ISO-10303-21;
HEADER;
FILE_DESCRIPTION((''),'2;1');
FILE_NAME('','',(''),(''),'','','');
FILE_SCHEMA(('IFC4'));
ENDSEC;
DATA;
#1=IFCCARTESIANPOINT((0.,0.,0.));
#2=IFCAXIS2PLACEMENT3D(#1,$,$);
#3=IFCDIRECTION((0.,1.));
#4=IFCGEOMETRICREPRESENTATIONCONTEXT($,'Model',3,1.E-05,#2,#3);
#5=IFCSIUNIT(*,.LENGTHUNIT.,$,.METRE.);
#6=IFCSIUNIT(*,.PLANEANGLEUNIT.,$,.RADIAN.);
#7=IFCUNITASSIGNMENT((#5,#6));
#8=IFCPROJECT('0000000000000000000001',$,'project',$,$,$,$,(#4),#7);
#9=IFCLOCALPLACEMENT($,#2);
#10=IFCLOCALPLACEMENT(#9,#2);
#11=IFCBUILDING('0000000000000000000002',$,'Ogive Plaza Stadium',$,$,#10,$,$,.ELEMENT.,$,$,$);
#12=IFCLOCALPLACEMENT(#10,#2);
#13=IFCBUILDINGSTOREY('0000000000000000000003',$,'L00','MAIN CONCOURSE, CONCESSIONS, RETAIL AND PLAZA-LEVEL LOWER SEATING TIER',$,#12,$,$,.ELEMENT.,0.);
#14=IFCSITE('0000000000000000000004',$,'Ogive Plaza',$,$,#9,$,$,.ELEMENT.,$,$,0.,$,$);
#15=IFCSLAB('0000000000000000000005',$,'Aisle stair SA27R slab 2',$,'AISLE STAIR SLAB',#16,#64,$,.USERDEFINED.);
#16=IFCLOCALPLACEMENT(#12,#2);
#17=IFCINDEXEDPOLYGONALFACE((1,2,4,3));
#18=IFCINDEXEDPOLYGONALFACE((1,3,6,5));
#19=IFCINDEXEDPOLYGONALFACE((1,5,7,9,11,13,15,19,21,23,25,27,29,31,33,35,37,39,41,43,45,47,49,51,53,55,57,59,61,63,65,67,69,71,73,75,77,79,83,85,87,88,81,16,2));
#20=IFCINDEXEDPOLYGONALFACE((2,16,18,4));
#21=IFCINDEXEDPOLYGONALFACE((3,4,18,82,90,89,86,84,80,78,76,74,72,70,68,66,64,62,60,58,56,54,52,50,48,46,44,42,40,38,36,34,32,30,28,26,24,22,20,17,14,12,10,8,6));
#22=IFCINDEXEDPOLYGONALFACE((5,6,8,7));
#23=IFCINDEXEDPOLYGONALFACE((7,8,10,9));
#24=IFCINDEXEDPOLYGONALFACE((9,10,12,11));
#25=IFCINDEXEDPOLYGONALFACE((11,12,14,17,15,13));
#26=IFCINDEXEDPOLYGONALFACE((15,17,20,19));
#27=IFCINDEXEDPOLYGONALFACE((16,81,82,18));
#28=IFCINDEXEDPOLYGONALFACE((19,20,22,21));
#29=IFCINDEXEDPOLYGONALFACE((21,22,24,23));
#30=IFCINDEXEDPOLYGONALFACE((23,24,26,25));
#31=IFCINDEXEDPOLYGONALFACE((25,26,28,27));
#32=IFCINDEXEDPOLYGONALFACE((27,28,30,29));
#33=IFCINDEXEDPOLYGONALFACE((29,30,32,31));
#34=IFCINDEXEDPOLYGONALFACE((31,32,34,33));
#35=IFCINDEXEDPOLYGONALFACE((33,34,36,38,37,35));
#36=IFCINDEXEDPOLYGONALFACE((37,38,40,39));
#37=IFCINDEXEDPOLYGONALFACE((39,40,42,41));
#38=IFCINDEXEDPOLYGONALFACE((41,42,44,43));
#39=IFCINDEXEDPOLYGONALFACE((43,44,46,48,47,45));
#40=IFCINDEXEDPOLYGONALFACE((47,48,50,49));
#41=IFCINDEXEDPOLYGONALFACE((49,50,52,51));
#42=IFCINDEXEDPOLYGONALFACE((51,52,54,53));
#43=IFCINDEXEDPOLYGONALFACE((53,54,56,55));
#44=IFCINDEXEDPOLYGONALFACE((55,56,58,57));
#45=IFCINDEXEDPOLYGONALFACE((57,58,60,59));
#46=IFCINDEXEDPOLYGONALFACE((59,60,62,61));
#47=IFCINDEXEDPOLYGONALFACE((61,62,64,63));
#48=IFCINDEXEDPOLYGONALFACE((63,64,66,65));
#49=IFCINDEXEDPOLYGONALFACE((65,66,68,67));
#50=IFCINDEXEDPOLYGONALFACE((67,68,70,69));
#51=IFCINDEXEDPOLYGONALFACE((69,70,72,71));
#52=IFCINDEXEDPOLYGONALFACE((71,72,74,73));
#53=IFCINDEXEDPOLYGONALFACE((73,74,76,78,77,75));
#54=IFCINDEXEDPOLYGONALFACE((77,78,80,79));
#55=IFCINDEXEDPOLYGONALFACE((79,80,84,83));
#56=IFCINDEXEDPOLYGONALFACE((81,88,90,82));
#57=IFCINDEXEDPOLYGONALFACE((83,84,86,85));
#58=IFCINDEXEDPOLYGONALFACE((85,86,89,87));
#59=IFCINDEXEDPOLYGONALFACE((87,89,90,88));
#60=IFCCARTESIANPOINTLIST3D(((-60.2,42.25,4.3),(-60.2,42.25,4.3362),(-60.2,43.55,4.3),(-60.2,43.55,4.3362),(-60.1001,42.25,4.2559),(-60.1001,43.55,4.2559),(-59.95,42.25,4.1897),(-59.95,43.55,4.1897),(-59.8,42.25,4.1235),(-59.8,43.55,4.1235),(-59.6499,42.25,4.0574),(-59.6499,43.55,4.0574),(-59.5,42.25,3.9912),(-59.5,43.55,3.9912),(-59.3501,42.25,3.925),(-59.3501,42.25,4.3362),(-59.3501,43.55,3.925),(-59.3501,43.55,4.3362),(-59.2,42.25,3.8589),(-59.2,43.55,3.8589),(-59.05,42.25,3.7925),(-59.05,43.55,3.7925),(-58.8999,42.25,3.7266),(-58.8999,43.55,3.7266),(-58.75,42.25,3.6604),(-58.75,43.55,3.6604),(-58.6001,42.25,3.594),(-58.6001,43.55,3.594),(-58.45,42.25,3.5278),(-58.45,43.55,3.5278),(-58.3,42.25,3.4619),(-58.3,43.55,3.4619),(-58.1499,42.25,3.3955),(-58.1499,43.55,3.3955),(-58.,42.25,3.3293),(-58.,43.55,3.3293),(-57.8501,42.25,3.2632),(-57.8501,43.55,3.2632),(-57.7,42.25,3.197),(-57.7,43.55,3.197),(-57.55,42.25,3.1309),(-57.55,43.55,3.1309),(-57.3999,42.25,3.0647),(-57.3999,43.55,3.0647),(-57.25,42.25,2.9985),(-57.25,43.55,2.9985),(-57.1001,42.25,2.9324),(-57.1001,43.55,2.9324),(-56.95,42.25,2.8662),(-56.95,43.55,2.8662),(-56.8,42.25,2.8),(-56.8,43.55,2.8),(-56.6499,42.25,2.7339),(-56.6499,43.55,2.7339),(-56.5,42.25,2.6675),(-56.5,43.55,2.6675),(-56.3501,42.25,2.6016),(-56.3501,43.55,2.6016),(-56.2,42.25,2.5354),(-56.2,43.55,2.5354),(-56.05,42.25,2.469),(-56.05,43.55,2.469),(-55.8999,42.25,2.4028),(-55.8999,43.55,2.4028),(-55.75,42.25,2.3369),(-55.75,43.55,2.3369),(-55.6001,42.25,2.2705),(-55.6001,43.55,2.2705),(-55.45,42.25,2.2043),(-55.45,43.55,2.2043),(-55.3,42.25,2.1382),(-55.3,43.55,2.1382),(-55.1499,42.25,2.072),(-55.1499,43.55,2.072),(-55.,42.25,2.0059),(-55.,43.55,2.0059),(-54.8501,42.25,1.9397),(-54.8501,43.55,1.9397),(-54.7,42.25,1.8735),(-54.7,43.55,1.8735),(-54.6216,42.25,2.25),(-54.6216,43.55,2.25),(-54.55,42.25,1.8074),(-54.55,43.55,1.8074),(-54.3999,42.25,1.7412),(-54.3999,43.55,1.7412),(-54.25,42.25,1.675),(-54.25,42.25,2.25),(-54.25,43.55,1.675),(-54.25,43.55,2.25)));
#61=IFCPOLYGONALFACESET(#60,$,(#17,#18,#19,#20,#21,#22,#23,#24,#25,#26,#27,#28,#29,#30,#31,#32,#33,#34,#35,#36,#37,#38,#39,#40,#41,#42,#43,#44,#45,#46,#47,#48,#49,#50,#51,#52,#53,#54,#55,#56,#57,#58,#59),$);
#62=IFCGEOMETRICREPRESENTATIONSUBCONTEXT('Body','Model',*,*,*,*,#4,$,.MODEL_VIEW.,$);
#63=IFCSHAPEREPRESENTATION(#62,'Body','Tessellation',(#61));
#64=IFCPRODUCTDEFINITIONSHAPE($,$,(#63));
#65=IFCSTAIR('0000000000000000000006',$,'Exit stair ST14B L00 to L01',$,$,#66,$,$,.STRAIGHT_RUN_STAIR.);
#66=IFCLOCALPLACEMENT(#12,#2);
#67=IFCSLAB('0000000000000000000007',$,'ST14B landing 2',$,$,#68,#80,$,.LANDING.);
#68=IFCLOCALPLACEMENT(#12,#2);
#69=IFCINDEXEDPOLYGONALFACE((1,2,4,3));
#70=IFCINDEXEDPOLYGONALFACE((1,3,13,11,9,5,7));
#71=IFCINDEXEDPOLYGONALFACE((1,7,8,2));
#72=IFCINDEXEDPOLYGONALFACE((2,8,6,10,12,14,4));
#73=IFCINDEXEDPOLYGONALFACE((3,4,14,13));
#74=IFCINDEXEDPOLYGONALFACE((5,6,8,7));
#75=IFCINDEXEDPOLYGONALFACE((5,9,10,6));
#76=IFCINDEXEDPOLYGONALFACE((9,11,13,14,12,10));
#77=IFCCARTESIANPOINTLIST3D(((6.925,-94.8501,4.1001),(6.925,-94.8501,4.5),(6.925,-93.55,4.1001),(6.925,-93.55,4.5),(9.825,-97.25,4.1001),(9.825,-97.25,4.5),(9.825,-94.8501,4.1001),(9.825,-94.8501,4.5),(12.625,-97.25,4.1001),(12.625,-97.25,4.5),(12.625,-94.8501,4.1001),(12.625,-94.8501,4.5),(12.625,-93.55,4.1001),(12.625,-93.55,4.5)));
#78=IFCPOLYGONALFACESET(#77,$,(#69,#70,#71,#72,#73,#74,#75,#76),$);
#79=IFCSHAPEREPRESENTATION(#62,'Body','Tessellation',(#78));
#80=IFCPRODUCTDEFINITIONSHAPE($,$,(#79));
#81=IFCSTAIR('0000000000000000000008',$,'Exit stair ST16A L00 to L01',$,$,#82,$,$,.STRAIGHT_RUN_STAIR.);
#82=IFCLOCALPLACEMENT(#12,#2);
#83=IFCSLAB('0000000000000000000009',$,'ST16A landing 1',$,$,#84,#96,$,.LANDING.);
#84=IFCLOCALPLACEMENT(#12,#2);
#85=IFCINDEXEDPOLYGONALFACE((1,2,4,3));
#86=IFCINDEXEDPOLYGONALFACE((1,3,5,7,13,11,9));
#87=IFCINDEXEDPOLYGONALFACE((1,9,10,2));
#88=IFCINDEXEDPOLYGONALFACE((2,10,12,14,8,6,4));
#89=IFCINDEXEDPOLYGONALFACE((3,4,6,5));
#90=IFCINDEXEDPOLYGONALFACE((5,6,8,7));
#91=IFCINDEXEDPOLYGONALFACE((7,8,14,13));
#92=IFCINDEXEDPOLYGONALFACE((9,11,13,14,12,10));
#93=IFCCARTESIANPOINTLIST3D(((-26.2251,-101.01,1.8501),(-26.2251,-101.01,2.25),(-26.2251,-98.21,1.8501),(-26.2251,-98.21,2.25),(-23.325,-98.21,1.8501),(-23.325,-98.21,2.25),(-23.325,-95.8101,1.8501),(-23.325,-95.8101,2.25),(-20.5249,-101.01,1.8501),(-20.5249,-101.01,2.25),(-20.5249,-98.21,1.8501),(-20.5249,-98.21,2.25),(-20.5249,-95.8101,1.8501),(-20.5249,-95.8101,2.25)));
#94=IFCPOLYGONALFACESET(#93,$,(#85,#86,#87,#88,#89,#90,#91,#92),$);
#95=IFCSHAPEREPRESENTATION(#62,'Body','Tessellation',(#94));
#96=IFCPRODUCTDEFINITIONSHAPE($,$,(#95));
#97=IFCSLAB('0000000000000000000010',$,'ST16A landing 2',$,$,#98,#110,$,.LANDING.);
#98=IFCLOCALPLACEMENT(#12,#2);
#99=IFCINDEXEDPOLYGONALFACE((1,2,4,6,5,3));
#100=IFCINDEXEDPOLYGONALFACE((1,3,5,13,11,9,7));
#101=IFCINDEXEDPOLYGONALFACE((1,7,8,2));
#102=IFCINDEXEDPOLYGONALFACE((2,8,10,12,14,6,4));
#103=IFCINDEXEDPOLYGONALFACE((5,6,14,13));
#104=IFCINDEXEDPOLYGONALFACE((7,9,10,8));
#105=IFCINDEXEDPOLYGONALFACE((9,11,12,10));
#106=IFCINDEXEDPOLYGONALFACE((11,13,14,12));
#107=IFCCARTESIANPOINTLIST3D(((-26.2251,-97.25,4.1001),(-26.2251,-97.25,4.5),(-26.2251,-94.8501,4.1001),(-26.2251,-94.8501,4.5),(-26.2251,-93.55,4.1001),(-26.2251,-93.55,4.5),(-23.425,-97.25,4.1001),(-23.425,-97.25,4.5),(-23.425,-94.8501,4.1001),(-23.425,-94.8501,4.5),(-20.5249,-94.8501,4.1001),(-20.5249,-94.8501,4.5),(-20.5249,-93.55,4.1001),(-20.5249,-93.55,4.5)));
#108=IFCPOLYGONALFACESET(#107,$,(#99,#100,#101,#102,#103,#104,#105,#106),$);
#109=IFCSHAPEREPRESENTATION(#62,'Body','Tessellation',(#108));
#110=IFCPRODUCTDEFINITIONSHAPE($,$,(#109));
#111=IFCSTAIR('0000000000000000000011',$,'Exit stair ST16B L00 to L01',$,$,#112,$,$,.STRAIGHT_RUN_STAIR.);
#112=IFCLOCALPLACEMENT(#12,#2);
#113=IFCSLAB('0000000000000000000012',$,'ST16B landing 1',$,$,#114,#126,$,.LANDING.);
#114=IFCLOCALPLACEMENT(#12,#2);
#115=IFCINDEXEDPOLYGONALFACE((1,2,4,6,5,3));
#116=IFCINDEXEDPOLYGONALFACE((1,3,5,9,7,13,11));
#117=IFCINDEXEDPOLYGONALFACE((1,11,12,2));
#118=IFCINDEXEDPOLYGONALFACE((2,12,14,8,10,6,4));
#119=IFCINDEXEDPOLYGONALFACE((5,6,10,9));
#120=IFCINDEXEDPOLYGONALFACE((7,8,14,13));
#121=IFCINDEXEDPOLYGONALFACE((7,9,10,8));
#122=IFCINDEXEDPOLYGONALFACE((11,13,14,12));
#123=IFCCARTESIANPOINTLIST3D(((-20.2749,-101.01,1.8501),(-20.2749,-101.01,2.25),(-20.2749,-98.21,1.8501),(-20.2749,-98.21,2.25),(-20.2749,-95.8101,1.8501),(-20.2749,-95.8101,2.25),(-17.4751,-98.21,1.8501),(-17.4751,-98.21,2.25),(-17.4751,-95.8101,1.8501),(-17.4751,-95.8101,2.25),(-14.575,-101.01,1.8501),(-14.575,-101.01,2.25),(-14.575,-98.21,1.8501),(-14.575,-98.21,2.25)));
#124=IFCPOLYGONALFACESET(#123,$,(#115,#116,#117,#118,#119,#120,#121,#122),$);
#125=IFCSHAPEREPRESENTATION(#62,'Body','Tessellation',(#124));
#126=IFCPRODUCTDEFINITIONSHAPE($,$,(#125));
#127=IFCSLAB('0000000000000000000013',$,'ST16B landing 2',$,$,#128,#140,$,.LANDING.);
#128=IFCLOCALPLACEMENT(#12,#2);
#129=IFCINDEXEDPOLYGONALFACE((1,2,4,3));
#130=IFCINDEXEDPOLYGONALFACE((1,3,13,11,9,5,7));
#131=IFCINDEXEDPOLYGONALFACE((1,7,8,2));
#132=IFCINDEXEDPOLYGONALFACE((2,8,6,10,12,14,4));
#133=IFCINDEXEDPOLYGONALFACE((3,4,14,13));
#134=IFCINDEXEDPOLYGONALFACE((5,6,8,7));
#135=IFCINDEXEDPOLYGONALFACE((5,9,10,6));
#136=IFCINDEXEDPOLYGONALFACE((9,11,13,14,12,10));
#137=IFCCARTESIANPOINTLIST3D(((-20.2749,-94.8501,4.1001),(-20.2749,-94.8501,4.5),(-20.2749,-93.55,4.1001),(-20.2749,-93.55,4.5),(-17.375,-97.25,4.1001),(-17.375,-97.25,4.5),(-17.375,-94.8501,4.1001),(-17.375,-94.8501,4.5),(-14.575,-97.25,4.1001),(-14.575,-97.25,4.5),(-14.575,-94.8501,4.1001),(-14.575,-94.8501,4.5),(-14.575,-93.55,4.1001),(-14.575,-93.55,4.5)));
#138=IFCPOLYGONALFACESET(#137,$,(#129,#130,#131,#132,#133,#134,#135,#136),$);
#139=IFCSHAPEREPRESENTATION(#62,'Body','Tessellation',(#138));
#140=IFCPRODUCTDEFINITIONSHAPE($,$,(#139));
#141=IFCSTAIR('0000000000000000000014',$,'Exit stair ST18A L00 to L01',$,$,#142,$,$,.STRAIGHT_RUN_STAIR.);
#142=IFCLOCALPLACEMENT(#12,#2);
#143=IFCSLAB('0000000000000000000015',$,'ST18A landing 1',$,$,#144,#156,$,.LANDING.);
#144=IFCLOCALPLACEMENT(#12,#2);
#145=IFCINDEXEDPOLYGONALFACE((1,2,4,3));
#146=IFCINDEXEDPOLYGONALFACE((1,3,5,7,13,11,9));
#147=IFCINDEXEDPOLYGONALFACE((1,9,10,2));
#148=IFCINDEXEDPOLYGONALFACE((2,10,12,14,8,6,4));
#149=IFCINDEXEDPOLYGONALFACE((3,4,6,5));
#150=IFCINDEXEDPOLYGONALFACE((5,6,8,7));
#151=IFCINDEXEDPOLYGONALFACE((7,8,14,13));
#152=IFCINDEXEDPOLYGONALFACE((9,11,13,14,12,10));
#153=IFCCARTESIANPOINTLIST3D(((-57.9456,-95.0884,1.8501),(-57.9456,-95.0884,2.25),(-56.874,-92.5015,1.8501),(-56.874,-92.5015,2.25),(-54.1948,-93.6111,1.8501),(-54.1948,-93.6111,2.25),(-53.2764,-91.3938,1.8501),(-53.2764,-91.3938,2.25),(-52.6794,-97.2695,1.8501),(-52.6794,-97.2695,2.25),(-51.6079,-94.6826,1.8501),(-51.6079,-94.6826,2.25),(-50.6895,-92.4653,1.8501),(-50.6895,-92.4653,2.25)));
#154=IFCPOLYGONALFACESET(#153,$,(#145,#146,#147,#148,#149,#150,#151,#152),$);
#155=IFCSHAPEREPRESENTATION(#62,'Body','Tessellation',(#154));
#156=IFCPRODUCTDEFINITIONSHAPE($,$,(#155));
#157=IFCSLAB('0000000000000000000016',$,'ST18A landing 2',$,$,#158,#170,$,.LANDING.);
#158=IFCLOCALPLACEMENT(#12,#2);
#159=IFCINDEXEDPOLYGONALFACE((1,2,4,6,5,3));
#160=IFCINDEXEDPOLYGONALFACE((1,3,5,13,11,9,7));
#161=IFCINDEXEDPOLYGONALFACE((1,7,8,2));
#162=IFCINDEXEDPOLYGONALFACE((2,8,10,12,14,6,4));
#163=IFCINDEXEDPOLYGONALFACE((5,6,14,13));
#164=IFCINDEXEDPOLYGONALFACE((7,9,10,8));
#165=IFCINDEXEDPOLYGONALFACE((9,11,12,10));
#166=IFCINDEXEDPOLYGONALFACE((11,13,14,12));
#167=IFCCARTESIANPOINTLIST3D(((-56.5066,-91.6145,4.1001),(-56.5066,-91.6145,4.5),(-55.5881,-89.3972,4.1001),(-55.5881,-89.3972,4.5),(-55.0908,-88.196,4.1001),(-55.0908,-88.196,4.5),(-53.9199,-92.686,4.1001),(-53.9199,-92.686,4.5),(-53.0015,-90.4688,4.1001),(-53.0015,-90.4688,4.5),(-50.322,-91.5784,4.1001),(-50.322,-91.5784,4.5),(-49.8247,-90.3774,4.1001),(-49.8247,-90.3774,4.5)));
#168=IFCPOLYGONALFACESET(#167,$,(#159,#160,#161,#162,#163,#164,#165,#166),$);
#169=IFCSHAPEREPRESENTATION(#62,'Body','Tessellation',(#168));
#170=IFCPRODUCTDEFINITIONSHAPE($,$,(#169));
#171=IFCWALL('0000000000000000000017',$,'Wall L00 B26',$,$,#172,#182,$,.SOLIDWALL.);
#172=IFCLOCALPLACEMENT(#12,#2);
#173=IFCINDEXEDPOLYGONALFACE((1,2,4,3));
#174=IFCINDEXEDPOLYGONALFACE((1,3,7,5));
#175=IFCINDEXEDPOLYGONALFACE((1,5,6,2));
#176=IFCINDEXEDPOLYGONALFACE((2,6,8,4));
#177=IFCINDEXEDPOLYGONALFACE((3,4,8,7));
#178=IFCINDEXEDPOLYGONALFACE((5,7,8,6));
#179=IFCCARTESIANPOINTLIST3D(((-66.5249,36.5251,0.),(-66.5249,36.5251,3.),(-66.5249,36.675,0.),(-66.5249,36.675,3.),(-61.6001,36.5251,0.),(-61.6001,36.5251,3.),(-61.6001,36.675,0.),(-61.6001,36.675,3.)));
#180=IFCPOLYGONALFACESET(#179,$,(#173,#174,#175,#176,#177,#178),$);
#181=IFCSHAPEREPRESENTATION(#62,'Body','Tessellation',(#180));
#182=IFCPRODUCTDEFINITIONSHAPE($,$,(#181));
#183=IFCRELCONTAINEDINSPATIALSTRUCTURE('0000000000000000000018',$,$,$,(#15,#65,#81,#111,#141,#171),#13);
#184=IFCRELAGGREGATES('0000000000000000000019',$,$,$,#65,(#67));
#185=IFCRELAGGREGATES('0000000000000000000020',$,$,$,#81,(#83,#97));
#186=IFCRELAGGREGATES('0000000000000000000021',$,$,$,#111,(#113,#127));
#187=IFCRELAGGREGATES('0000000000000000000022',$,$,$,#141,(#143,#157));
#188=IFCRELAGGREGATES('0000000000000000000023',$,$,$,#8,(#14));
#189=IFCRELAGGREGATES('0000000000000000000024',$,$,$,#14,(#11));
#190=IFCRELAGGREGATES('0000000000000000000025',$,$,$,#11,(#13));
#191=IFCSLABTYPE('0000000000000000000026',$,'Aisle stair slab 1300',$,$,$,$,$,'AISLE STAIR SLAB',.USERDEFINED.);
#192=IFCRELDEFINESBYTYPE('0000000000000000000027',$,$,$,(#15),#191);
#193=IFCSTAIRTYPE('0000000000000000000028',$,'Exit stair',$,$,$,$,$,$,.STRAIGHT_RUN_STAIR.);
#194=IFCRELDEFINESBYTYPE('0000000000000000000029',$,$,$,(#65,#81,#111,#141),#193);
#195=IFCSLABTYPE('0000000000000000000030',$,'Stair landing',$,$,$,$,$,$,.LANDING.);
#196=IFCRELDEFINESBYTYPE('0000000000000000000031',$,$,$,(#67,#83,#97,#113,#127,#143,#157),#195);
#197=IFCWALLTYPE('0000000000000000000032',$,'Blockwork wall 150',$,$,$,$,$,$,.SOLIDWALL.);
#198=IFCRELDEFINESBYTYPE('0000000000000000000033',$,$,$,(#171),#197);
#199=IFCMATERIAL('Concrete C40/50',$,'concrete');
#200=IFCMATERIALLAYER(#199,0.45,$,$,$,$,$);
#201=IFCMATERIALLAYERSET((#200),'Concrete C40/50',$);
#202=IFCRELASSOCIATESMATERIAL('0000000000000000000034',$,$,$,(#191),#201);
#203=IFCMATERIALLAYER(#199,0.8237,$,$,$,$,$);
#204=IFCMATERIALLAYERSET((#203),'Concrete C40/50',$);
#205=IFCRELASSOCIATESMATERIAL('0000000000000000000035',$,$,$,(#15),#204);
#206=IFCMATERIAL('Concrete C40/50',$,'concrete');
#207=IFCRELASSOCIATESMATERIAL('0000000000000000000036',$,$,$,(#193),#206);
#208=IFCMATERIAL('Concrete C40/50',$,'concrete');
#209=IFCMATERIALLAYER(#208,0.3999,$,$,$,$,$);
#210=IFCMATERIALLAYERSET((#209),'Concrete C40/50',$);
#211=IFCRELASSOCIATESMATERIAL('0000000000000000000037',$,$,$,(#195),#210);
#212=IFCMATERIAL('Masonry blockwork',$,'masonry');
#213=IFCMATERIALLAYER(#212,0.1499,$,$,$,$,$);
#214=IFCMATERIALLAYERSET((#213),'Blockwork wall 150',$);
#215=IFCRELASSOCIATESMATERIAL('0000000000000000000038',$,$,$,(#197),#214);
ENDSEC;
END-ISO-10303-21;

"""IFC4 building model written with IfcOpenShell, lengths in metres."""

from ifc_helpers import new_model, si_unit, direction, frame, frame_2d, origin, place, context, subcontext, project, spatial, polyline, rectangle, outline, extrude, material, layer, layer_set, type_object, element, aggregate, save


model = new_model("IFC4")

# Units and contexts
model_context = context("Model", 3, precision=1e-05, world=origin(), true_north=direction((0.0, 1.0)))
body_context = subcontext(model_context, "Body", "Model", "MODEL_VIEW")
ifc_project = project(units=[si_unit("LENGTHUNIT", "METRE"), si_unit("PLANEANGLEUNIT", "RADIAN")], contexts=[model_context])

# Site, building, storey
site_placement = place(None, origin())
site = spatial("IfcSite", under=ifc_project, at=site_placement, Name="Ogive Plaza", CompositionType="ELEMENT", RefElevation=0.0)
building_placement = place(site_placement, origin())
building = spatial("IfcBuilding", under=site, at=building_placement, Name="Ogive Plaza Stadium", CompositionType="ELEMENT")
storey_placement = place(building_placement, origin())
storey = spatial("IfcBuildingStorey", under=building, at=storey_placement, Name="L00", Description="MAIN CONCOURSE, CONCESSIONS, RETAIL AND PLAZA-LEVEL LOWER SEATING TIER", CompositionType="ELEMENT", Elevation=0.0)

# Slab
ifc_material_1 = material(Name="Concrete C40/50", Category="concrete")
ifc_layer_1 = layer(ifc_material_1, 0.45)
ifc_layer_set_1 = layer_set([ifc_layer_1], Name="Concrete C40/50")
slab_type_1 = type_object("IfcSlabType", Name="Aisle stair slab 1300", ElementType="AISLE STAIR SLAB", PredefinedType="USERDEFINED", material=ifc_layer_set_1)
ifc_layer_2 = layer(ifc_material_1, 0.8237)
ifc_layer_set_2 = layer_set([ifc_layer_2], Name="Concrete C40/50")
slab_1_placement = place(storey_placement, frame((-54.25, 42.8999, 0.0), z_axis=(0.0, 0.0, 1.0), x_axis=(-1.0, 0.0, 0.0)))
element("IfcSlab", 1, at=slab_1_placement, inside=storey, type_object=slab_type_1, material=ifc_layer_set_2, Name="Aisle stair SA27R slab 2", ObjectType="AISLE STAIR SLAB", PredefinedType="USERDEFINED", context=body_context, shape_type="SweptSolid", body=[
    extrude(outline(polyline([(0.0, 2.25), (0.3716, 2.25), (5.1001, 4.3362), (5.95, 4.3362), (5.95, 4.3), (5.8501, 4.2559), (5.7, 4.1897), (5.55, 4.1235), (5.3999, 4.0574), (5.25, 3.9912), (5.1001, 3.925), (4.95, 3.8589), (4.8, 3.7925), (4.6499, 3.7266), (4.5, 3.6604), (4.3501, 3.594), (4.2, 3.5278), (4.05, 3.4619), (3.8999, 3.3955), (3.75, 3.3293), (3.6001, 3.2632), (3.45, 3.197), (3.3, 3.1309), (3.1499, 3.0647), (3.0, 2.9985), (2.8501, 2.9324), (2.7, 2.8662), (2.55, 2.8), (2.3999, 2.7339), (2.25, 2.6675), (2.1001, 2.6016), (1.95, 2.5354), (1.8, 2.469), (1.6499, 2.4028), (1.5, 2.3369), (1.3501, 2.2705), (1.2, 2.2043), (1.05, 2.1382), (0.8999, 2.072), (0.75, 2.0059), (0.6001, 1.9397), (0.45, 1.8735), (0.3, 1.8074), (0.1499, 1.7412), (0.0, 1.675), (0.0, 2.25)])), frame((0.0, 0.6499, 0.0), z_axis=(0.0, -1.0, 0.0), x_axis=(1.0, 0.0, 0.0)), (0.0, 0.0, 1.0), 1.3),
])

# Stair, slab
ifc_material_2 = material(Name="Concrete C40/50", Category="concrete")
stair_type = type_object("IfcStairType", Name="Exit stair", PredefinedType="STRAIGHT_RUN_STAIR", material=ifc_material_2)
stair_1_placement = place(storey_placement, origin())
stair_1 = element("IfcStair", 2, at=stair_1_placement, inside=storey, type_object=stair_type, Name="Exit stair ST14B L00 to L01", PredefinedType="STRAIGHT_RUN_STAIR")
ifc_material_3 = material(Name="Concrete C40/50", Category="concrete")
ifc_layer_3 = layer(ifc_material_3, 0.3999)
ifc_layer_set_3 = layer_set([ifc_layer_3], Name="Concrete C40/50")
slab_type_2 = type_object("IfcSlabType", Name="Stair landing", PredefinedType="LANDING", material=ifc_layer_set_3)
slab_2_placement = place(storey_placement, frame((0.0, 0.0, 4.1001)))
slab_2 = element("IfcSlab", 3, at=slab_2_placement, type_object=slab_type_2, Name="ST14B landing 2", PredefinedType="LANDING", context=body_context, shape_type="SweptSolid", body=[
    extrude(outline(polyline([(6.925, -94.8501), (6.925, -93.55), (12.625, -93.55), (12.625, -94.8501), (12.625, -97.25), (9.825, -97.25), (9.825, -94.8501), (6.925, -94.8501)])), origin(), (0.0, 0.0, 1.0), 0.3999),
])
aggregate(stair_1, [slab_2])

# Stairs, slabs
stair_2_placement = place(storey_placement, origin())
stair_2 = element("IfcStair", 4, at=stair_2_placement, inside=storey, type_object=stair_type, Name="Exit stair ST16A L00 to L01", PredefinedType="STRAIGHT_RUN_STAIR")
slab_3_placement = place(storey_placement, frame((0.0, 0.0, 1.8501)))
slab_3 = element("IfcSlab", 5, at=slab_3_placement, type_object=slab_type_2, Name="ST16A landing 1", PredefinedType="LANDING", context=body_context, shape_type="SweptSolid", body=[
    extrude(outline(polyline([(-20.5249, -101.01), (-26.2251, -101.01), (-26.2251, -98.21), (-23.325, -98.21), (-23.325, -95.8101), (-20.5249, -95.8101), (-20.5249, -98.21), (-20.5249, -101.01)])), origin(), (0.0, 0.0, 1.0), 0.3999),
])
slab_4_placement = place(storey_placement, frame((0.0, 0.0, 4.1001)))
slab_4 = element("IfcSlab", 6, at=slab_4_placement, type_object=slab_type_2, Name="ST16A landing 2", PredefinedType="LANDING", context=body_context, shape_type="SweptSolid", body=[
    extrude(outline(polyline([(-23.425, -97.25), (-26.2251, -97.25), (-26.2251, -94.8501), (-26.2251, -93.55), (-20.5249, -93.55), (-20.5249, -94.8501), (-23.425, -94.8501), (-23.425, -97.25)])), origin(), (0.0, 0.0, 1.0), 0.3999),
])
aggregate(stair_2, [slab_3, slab_4])
stair_3_placement = place(storey_placement, origin())
stair_3 = element("IfcStair", 7, at=stair_3_placement, inside=storey, type_object=stair_type, Name="Exit stair ST16B L00 to L01", PredefinedType="STRAIGHT_RUN_STAIR")
slab_5_placement = place(storey_placement, frame((0.0, 0.0, 1.8501)))
slab_5 = element("IfcSlab", 8, at=slab_5_placement, type_object=slab_type_2, Name="ST16B landing 1", PredefinedType="LANDING", context=body_context, shape_type="SweptSolid", body=[
    extrude(outline(polyline([(-20.2749, -95.8101), (-17.4751, -95.8101), (-17.4751, -98.21), (-14.575, -98.21), (-14.575, -101.01), (-20.2749, -101.01), (-20.2749, -98.21), (-20.2749, -95.8101)])), origin(), (0.0, 0.0, 1.0), 0.3999),
])
slab_6_placement = place(storey_placement, frame((0.0, 0.0, 4.1001)))
slab_6 = element("IfcSlab", 9, at=slab_6_placement, type_object=slab_type_2, Name="ST16B landing 2", PredefinedType="LANDING", context=body_context, shape_type="SweptSolid", body=[
    extrude(outline(polyline([(-20.2749, -94.8501), (-20.2749, -93.55), (-14.575, -93.55), (-14.575, -94.8501), (-14.575, -97.25), (-17.375, -97.25), (-17.375, -94.8501), (-20.2749, -94.8501)])), origin(), (0.0, 0.0, 1.0), 0.3999),
])
aggregate(stair_3, [slab_5, slab_6])
stair_4_placement = place(storey_placement, origin())
stair_4 = element("IfcStair", 10, at=stair_4_placement, inside=storey, type_object=stair_type, Name="Exit stair ST18A L00 to L01", PredefinedType="STRAIGHT_RUN_STAIR")
slab_7_placement = place(storey_placement, frame((0.0, 0.0, 1.8501)))
slab_7 = element("IfcSlab", 11, at=slab_7_placement, type_object=slab_type_2, Name="ST18A landing 1", PredefinedType="LANDING", context=body_context, shape_type="SweptSolid", body=[
    extrude(outline(polyline([(-52.6794, -97.2695), (-57.9456, -95.0884), (-56.874, -92.5015), (-54.1948, -93.6111), (-53.2764, -91.3938), (-50.6895, -92.4653), (-51.6079, -94.6826), (-52.6794, -97.2695)])), origin(), (0.0, 0.0, 1.0), 0.3999),
])
slab_8_placement = place(storey_placement, frame((0.0, 0.0, 4.1001)))
slab_8 = element("IfcSlab", 12, at=slab_8_placement, type_object=slab_type_2, Name="ST18A landing 2", PredefinedType="LANDING", context=body_context, shape_type="SweptSolid", body=[
    extrude(outline(polyline([(-53.9199, -92.686), (-56.5066, -91.6145), (-55.5881, -89.3972), (-55.0908, -88.196), (-49.8247, -90.3774), (-50.322, -91.5784), (-53.0015, -90.4688), (-53.9199, -92.686)])), origin(), (0.0, 0.0, 1.0), 0.3999),
])
aggregate(stair_4, [slab_7, slab_8])

# Wall
ifc_material_4 = material(Name="Masonry blockwork", Category="masonry")
ifc_layer_4 = layer(ifc_material_4, 0.1499)
ifc_layer_set_4 = layer_set([ifc_layer_4], Name="Blockwork wall 150")
wall_type_1 = type_object("IfcWallType", Name="Blockwork wall 150", PredefinedType="SOLIDWALL", material=ifc_layer_set_4)
for number, where, z_axis, x_axis, name in (
    (13, (-61.6001, 36.6001, 0.0), (0.0, 0.0, 1.0), (-1.0, 0.0, 0.0), "Wall L00 B26"),
):
    element("IfcWall", number, at=place(storey_placement, frame(where, z_axis=z_axis, x_axis=x_axis)), inside=storey, type_object=wall_type_1, Name=name, PredefinedType="SOLIDWALL", context=body_context, shape_type="SweptSolid", body=[
        extrude(rectangle(XDim=4.9248, YDim=0.1499, at=frame_2d((2.4624, 0.0))), origin(), (0.0, 0.0, 1.0), 3.0),
    ])

save(model, "model.ifc")
